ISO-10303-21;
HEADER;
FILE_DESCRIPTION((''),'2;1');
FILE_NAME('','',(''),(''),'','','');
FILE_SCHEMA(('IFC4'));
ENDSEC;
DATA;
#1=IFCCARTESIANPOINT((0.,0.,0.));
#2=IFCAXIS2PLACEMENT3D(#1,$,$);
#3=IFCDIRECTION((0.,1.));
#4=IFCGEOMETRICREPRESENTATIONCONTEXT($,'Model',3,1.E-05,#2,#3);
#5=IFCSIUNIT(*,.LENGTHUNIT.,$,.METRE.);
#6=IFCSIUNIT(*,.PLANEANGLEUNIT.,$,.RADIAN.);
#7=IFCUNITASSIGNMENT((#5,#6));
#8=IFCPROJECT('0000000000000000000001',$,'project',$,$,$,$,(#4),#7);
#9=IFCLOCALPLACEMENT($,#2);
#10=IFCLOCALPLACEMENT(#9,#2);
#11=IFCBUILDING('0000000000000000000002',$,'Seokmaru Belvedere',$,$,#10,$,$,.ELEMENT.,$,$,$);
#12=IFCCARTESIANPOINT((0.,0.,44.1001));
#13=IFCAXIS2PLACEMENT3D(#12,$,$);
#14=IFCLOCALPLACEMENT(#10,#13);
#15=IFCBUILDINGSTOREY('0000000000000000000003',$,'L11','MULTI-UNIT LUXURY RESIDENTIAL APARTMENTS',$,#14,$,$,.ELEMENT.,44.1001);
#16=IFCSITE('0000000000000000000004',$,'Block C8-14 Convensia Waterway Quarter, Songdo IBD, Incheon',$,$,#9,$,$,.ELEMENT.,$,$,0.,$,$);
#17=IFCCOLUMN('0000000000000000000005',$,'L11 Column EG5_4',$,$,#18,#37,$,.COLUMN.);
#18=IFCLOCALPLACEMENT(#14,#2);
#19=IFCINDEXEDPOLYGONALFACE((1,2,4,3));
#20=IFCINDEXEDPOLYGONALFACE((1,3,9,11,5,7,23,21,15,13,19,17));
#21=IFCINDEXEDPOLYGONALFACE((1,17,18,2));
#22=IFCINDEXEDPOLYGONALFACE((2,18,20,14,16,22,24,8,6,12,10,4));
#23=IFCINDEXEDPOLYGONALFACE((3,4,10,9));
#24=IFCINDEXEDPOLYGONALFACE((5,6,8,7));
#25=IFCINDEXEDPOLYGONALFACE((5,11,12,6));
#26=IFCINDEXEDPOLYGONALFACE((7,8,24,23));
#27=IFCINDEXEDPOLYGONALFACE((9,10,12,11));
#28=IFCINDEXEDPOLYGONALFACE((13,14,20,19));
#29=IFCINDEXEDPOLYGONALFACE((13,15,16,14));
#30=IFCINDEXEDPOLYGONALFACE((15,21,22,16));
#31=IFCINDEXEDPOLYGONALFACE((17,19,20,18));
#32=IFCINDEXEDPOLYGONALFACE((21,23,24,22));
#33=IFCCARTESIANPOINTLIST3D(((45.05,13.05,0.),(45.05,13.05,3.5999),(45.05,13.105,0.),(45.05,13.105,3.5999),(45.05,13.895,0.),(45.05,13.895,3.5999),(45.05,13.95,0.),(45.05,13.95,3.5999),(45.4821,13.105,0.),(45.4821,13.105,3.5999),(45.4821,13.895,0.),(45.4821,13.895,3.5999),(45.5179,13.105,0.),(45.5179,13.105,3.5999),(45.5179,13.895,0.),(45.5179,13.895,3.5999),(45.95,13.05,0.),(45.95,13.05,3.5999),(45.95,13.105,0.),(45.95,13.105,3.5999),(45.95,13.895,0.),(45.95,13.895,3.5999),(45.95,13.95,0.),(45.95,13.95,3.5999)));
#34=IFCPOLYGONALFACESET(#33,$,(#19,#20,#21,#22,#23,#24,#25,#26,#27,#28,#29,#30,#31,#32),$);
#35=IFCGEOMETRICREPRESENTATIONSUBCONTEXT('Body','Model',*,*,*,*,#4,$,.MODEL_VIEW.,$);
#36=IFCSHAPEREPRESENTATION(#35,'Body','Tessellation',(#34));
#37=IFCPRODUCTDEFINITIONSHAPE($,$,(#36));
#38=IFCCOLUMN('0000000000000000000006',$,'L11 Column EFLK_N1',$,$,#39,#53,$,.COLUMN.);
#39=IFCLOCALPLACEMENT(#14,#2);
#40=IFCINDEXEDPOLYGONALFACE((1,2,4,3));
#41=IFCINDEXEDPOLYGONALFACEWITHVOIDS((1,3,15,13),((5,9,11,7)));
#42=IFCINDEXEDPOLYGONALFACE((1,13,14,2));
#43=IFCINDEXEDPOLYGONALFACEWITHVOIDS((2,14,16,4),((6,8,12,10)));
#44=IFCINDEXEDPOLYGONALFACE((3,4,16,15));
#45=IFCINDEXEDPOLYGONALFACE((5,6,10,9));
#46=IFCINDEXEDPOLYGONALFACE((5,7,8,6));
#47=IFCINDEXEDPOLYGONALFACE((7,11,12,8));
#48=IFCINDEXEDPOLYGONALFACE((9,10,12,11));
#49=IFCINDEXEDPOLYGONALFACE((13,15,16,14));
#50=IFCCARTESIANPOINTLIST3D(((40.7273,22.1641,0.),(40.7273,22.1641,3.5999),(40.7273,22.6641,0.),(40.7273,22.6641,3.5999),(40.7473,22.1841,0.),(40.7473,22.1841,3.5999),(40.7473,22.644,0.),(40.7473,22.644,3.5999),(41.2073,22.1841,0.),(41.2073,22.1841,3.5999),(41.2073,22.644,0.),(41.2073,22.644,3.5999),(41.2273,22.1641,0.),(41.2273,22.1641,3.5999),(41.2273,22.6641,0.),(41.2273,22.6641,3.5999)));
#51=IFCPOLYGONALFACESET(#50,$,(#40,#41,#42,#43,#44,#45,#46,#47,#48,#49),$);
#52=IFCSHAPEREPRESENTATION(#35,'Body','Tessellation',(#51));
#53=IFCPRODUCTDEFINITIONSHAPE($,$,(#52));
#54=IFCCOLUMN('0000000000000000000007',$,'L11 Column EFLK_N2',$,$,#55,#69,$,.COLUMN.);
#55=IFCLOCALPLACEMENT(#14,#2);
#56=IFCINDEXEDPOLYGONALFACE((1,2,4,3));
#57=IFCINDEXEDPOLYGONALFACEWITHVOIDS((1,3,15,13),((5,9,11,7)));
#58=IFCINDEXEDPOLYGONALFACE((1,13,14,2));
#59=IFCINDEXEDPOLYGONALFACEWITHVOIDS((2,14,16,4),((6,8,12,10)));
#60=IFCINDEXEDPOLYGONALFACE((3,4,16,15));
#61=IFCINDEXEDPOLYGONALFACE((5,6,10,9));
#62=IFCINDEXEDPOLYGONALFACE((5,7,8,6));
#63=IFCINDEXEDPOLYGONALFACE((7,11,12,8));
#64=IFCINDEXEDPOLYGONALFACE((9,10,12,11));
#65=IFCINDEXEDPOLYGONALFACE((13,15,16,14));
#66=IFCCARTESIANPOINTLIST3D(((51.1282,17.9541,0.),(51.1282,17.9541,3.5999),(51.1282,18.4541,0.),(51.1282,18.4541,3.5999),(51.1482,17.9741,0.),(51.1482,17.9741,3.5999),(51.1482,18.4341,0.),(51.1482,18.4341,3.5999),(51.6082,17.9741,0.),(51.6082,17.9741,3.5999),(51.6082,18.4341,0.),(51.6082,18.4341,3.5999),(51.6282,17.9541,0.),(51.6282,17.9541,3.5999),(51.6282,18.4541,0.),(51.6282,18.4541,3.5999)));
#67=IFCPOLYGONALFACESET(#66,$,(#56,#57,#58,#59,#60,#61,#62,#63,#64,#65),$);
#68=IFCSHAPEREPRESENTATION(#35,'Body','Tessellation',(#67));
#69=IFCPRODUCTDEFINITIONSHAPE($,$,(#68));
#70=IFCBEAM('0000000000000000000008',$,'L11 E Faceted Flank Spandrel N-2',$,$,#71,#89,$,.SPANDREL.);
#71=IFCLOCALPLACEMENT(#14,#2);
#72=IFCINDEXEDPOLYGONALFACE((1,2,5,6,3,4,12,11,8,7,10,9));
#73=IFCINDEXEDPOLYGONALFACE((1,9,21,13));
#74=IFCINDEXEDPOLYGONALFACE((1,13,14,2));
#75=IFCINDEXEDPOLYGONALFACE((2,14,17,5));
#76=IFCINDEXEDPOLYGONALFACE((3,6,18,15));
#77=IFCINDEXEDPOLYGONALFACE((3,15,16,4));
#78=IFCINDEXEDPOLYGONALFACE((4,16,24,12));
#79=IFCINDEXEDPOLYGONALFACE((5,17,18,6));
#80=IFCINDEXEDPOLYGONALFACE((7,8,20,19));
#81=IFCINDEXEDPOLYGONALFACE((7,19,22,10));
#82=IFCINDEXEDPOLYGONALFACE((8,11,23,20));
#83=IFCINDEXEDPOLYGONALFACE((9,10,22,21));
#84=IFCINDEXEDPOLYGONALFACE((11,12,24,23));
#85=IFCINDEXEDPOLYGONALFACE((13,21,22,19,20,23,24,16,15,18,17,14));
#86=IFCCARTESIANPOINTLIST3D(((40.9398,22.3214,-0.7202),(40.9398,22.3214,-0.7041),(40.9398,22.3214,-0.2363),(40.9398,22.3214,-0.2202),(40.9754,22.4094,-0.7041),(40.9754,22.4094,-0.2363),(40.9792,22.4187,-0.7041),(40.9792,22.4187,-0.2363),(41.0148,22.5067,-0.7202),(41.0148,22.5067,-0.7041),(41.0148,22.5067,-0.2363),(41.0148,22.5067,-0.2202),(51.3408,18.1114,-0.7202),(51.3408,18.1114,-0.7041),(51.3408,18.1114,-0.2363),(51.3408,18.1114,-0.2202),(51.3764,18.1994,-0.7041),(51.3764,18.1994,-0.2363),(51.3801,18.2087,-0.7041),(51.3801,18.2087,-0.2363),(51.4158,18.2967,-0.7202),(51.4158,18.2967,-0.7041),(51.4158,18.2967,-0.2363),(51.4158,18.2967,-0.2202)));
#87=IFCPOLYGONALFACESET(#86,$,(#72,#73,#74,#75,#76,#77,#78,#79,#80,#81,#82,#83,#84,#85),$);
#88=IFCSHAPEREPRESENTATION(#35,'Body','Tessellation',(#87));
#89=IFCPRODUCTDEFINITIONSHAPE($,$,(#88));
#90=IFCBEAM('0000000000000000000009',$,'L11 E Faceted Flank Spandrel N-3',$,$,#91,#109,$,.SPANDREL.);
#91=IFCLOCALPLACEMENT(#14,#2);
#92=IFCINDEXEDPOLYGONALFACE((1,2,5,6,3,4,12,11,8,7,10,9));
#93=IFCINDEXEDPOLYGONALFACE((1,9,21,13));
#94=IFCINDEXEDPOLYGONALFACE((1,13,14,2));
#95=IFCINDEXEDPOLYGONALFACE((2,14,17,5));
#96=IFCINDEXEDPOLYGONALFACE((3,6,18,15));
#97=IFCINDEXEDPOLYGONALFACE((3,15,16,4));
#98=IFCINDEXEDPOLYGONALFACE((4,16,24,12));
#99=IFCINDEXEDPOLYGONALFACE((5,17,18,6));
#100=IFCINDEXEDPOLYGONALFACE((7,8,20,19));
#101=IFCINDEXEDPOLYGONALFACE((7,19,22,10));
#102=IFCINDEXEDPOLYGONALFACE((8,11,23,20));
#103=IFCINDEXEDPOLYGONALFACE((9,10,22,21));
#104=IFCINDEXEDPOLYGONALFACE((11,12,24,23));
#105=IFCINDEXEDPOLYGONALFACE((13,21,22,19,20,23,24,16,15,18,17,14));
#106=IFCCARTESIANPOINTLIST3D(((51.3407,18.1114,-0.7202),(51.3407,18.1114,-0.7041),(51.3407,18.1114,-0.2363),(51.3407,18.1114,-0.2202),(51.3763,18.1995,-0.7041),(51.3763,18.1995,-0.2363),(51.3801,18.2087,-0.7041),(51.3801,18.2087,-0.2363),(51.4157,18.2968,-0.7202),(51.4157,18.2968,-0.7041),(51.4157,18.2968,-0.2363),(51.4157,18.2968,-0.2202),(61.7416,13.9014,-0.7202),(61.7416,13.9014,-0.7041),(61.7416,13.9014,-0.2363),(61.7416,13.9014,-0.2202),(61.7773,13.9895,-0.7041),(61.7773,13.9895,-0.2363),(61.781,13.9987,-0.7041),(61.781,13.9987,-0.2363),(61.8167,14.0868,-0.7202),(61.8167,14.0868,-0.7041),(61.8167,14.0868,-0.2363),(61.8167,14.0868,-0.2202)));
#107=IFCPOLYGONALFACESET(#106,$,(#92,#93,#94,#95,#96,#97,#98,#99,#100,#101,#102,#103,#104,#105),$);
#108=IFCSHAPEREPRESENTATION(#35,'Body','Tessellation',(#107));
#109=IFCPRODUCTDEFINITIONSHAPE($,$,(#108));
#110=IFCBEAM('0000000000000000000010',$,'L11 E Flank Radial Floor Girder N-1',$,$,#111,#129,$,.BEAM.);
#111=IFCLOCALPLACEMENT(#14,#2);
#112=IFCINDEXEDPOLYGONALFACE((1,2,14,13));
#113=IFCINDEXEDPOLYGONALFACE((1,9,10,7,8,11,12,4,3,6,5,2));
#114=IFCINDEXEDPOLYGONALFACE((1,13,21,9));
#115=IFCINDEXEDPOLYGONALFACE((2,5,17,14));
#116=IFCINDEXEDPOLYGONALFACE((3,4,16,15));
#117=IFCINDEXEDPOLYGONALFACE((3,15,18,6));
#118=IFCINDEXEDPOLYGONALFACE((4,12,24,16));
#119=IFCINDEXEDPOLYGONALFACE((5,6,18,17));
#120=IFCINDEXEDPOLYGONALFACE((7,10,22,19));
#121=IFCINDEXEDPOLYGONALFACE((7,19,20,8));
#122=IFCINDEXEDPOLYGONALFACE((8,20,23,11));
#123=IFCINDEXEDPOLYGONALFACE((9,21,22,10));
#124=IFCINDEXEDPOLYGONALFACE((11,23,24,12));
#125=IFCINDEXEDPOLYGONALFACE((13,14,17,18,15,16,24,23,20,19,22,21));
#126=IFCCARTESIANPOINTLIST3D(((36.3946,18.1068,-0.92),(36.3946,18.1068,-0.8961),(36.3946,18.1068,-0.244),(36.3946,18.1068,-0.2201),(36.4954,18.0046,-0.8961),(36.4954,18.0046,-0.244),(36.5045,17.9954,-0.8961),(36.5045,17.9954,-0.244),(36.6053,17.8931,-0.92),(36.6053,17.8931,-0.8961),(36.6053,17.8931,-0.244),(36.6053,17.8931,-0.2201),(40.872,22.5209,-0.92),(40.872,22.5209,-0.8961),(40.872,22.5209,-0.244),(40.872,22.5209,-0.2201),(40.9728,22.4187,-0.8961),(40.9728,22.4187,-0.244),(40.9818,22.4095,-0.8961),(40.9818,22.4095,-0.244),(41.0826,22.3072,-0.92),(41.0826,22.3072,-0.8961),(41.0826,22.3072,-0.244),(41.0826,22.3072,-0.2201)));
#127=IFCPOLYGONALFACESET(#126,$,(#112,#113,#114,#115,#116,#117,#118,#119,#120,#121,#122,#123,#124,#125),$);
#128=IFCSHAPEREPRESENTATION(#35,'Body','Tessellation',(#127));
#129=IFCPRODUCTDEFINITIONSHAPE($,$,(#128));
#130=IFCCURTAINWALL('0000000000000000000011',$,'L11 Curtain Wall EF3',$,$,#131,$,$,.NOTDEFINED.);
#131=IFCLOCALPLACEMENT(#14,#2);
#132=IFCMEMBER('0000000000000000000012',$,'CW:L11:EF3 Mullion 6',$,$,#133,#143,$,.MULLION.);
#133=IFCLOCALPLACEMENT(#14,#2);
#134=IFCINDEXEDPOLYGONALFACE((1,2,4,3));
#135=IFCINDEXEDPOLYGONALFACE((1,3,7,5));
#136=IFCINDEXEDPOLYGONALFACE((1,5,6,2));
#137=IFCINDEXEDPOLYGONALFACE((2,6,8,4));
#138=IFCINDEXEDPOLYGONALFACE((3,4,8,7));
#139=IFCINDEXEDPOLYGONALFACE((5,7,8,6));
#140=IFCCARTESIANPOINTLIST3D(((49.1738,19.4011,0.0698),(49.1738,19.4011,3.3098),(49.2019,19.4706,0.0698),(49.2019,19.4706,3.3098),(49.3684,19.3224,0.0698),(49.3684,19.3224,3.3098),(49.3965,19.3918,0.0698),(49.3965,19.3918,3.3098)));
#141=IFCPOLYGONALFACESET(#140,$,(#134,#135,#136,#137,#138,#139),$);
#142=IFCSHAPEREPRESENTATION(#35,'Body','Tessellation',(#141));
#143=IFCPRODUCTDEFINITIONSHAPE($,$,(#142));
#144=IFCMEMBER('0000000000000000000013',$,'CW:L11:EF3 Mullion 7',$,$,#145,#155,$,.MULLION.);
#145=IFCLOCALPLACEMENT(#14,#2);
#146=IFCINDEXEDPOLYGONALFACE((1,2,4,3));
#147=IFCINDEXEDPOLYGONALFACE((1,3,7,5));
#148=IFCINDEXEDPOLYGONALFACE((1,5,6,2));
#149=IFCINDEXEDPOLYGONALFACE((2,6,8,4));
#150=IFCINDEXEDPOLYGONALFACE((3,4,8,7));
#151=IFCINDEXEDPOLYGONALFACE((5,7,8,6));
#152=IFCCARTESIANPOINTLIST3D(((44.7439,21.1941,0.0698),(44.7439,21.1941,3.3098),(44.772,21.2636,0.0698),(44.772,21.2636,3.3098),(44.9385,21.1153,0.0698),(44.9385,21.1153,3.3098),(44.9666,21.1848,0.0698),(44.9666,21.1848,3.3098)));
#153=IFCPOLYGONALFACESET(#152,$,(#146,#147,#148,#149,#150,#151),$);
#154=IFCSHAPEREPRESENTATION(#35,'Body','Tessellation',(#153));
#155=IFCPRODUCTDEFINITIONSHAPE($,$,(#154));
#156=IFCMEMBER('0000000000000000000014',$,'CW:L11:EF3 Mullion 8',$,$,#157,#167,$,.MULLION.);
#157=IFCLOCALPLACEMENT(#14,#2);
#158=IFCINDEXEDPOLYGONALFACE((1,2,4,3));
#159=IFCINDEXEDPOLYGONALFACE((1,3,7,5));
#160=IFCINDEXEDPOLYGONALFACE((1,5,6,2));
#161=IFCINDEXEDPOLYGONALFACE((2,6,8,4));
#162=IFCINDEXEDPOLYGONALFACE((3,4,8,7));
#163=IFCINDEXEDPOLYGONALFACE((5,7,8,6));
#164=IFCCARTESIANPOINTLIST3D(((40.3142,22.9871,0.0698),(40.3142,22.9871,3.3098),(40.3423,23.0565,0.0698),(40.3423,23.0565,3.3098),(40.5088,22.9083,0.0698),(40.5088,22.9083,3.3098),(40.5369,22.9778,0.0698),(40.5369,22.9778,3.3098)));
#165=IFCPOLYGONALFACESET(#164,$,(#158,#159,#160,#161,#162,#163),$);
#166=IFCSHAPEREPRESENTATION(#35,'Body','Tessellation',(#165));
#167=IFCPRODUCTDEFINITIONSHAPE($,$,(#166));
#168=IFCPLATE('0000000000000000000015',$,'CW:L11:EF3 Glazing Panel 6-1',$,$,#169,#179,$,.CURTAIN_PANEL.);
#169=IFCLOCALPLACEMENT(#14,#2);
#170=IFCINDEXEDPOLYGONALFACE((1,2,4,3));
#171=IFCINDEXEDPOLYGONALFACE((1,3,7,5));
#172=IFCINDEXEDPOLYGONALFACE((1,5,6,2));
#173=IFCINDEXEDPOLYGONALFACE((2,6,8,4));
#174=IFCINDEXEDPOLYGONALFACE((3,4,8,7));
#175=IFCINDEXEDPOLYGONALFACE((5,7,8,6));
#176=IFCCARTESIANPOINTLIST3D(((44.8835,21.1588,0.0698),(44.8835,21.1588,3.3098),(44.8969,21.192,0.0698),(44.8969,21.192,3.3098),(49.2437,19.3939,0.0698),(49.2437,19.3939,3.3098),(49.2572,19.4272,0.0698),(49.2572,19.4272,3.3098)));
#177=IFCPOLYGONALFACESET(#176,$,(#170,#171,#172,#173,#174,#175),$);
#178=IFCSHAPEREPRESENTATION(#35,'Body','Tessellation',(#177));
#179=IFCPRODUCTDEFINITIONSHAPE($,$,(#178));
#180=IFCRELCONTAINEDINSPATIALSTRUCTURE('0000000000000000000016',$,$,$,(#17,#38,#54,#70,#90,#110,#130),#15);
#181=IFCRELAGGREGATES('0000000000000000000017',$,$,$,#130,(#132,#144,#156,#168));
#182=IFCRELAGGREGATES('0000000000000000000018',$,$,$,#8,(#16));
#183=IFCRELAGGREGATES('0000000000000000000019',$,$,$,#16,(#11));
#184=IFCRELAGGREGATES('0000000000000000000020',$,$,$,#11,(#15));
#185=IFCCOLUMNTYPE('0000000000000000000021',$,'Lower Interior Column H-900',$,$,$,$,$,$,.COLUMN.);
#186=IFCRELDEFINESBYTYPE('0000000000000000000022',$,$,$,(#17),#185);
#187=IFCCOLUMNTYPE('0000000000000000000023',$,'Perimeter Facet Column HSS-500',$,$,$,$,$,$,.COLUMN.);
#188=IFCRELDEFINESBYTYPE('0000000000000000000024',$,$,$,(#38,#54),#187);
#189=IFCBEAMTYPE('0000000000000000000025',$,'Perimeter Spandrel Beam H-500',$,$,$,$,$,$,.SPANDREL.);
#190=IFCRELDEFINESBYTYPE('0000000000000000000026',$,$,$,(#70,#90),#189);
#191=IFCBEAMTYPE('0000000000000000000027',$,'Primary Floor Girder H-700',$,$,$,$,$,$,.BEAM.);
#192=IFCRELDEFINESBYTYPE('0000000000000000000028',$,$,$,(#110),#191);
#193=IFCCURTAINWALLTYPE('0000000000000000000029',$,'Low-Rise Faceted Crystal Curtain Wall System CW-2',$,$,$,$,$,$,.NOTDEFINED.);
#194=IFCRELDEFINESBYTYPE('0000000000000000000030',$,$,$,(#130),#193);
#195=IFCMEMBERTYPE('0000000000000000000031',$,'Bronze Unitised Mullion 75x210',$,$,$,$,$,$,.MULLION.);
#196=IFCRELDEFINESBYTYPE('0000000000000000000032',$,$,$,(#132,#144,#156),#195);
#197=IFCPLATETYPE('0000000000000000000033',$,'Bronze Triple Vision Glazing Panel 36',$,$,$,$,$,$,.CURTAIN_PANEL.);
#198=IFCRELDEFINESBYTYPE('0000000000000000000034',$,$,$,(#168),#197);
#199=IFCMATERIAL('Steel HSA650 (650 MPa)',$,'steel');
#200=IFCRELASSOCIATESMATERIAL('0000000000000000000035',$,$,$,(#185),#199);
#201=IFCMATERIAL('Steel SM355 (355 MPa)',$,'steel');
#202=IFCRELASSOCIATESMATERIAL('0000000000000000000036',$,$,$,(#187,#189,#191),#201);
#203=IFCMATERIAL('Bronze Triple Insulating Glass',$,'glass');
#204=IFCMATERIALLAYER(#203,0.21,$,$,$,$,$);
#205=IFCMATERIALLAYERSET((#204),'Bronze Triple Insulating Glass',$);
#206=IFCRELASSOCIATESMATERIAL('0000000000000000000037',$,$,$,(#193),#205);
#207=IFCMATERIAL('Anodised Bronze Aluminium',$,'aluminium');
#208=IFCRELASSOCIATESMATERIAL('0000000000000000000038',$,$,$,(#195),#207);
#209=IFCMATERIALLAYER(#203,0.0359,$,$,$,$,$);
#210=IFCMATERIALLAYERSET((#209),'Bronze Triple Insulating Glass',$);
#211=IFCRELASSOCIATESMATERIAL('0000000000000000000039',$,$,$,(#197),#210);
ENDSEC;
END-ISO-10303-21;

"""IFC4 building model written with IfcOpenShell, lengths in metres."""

from ifc_helpers import new_model, si_unit, direction, frame, origin, origin_2d, place, context, subcontext, project, spatial, rectangle, hollow_rectangle, i_section, extrude, source, transform, mapped, material, layer, layer_set, material_profile, profile_set, type_object, type_shapes, element, aggregate, save


model = new_model("IFC4")

# Units and contexts
model_context = context("Model", 3, precision=1e-05, world=origin(), true_north=direction((0.0, 1.0)))
body_context = subcontext(model_context, "Body", "Model", "MODEL_VIEW")
ifc_project = project(units=[si_unit("LENGTHUNIT", "METRE"), si_unit("PLANEANGLEUNIT", "RADIAN")], contexts=[model_context])

# Site, building, storey
site_placement = place(None, origin())
site = spatial("IfcSite", under=ifc_project, at=site_placement, Name="Block C8-14 Convensia Waterway Quarter, Songdo IBD, Incheon", CompositionType="ELEMENT", RefElevation=0.0)
building_placement = place(site_placement, origin())
building = spatial("IfcBuilding", under=site, at=building_placement, Name="Seokmaru Belvedere", CompositionType="ELEMENT")
storey_placement = place(building_placement, frame((0.0, 0.0, 44.1001)))
storey = spatial("IfcBuildingStorey", under=building, at=storey_placement, Name="L11", Description="MULTI-UNIT LUXURY RESIDENTIAL APARTMENTS", CompositionType="ELEMENT", Elevation=44.1001)

# Columns
ifc_material_1 = material(Name="Steel HSA650 (650 MPa)", Category="steel")
ifc_material_profile_1 = material_profile(ifc_material_1, i_section(OverallWidth=0.8999, OverallDepth=0.8999, WebThickness=0.0359, FlangeThickness=0.0549, at=origin_2d()), Name="H-900x900x36x55")
ifc_profile_set_1 = profile_set([ifc_material_profile_1], Name="Steel HSA650 (650 MPa)")
column_type_1 = type_object("IfcColumnType", Name="Lower Interior Column H-900", PredefinedType="COLUMN", material=ifc_profile_set_1)
shared_shape_1 = source(origin(), body_context, "Body", "SweptSolid", [
    extrude(i_section(OverallWidth=0.8999, OverallDepth=0.8999, WebThickness=0.0359, FlangeThickness=0.0549, at=origin_2d()), origin(), (0.0, 0.0, 1.0), 3.5999),
])
type_shapes(column_type_1, [shared_shape_1])
column_placement = place(storey_placement, frame((45.5, 13.5, 0.0), z_axis=(0.0, 0.0, 1.0), x_axis=(1.0, 0.0, 0.0)))
element("IfcColumn", 1, at=column_placement, inside=storey, type_object=column_type_1, Name="L11 Column EG5_4", PredefinedType="COLUMN", context=body_context, shape_type="MappedRepresentation", body=[
    mapped(shared_shape_1, transform((0.0, 0.0, 0.0), scale=1.0)),
])
ifc_material_2 = material(Name="Steel SM355 (355 MPa)", Category="steel")
ifc_material_profile_2 = material_profile(ifc_material_2, hollow_rectangle(XDim=0.5, YDim=0.5, WallThickness=0.02, at=origin_2d()), Name="HSS-500x500x20")
ifc_profile_set_2 = profile_set([ifc_material_profile_2], Name="Steel SM355 (355 MPa)")
column_type_2 = type_object("IfcColumnType", Name="Perimeter Facet Column HSS-500", PredefinedType="COLUMN", material=ifc_profile_set_2)
shared_shape_2 = source(origin(), body_context, "Body", "SweptSolid", [
    extrude(hollow_rectangle(XDim=0.5, YDim=0.5, WallThickness=0.02, at=origin_2d()), origin(), (0.0, 0.0, 1.0), 3.5999),
])
type_shapes(column_type_2, [shared_shape_2])
for number, where, z_axis, x_axis, name in (
    (2, (40.9773, 22.4141, 0.0), (0.0, 0.0, 1.0), (1.0, 0.0, 0.0), "L11 Column EFLK_N1"),
    (3, (51.3782, 18.2041, 0.0), (0.0, 0.0, 1.0), (1.0, 0.0, 0.0), "L11 Column EFLK_N2"),
):
    element("IfcColumn", number, at=place(storey_placement, frame(where, z_axis=z_axis, x_axis=x_axis)), inside=storey, type_object=column_type_2, Name=name, PredefinedType="COLUMN", context=body_context, shape_type="MappedRepresentation", body=[
        mapped(shared_shape_2, transform((0.0, 0.0, 0.0), scale=1.0)),
    ])

# Beams
ifc_material_profile_3 = material_profile(ifc_material_2, i_section(OverallWidth=0.2, OverallDepth=0.5, WebThickness=0.01, FlangeThickness=0.0161, at=origin_2d()), Name="H-500x200x10x16")
ifc_profile_set_3 = profile_set([ifc_material_profile_3], Name="Steel SM355 (355 MPa)")
beam_type_1 = type_object("IfcBeamType", Name="Perimeter Spandrel Beam H-500", PredefinedType="SPANDREL", material=ifc_profile_set_3)
shared_shape_3 = source(origin(), body_context, "Body", "SweptSolid", [
    extrude(i_section(OverallWidth=0.2, OverallDepth=0.5, WebThickness=0.01, FlangeThickness=0.0161, at=origin_2d()), origin(), (0.0, 0.0, 1.0), 11.2207),
])
type_shapes(beam_type_1, [shared_shape_3])
for number, where, z_axis, x_axis, name in (
    (4, (40.9773, 22.4141, -0.4702), (0.926944, -0.375199, 0.0), (0.375199, 0.926944, 0.0), "L11 E Faceted Flank Spandrel N-2"),
    (5, (51.3782, 18.2041, -0.4702), (0.926944, -0.375199, 0.0), (0.375199, 0.926944, 0.0), "L11 E Faceted Flank Spandrel N-3"),
):
    element("IfcBeam", number, at=place(storey_placement, frame(where, z_axis=z_axis, x_axis=x_axis)), inside=storey, type_object=beam_type_1, Name=name, PredefinedType="SPANDREL", context=body_context, shape_type="MappedRepresentation", body=[
        mapped(shared_shape_3, transform((0.0, 0.0, 0.0), scale=1.0)),
    ])
ifc_material_profile_4 = material_profile(ifc_material_2, i_section(OverallWidth=0.3, OverallDepth=0.7, WebThickness=0.0129, FlangeThickness=0.0239, at=origin_2d()), Name="H-700x300x13x24")
ifc_profile_set_4 = profile_set([ifc_material_profile_4], Name="Steel SM355 (355 MPa)")
beam_type_2 = type_object("IfcBeamType", Name="Primary Floor Girder H-700", PredefinedType="BEAM", material=ifc_profile_set_4)
shared_shape_4 = source(origin(), body_context, "Body", "SweptSolid", [
    extrude(i_section(OverallWidth=0.3, OverallDepth=0.7, WebThickness=0.0129, FlangeThickness=0.0239, at=origin_2d()), origin(), (0.0, 0.0, 1.0), 6.2874),
])
type_shapes(beam_type_2, [shared_shape_4])
beam_placement = place(storey_placement, frame((40.9773, 22.4141, -0.5701), z_axis=(-0.712117, -0.70206, 0.0), x_axis=(0.70206, -0.712117, 0.0)))
element("IfcBeam", 6, at=beam_placement, inside=storey, type_object=beam_type_2, Name="L11 E Flank Radial Floor Girder N-1", PredefinedType="BEAM", context=body_context, shape_type="MappedRepresentation", body=[
    mapped(shared_shape_4, transform((0.0, 0.0, 0.0), scale=1.0)),
])

# Curtain wall, members, plate
ifc_material_3 = material(Name="Bronze Triple Insulating Glass", Category="glass")
ifc_layer_1 = layer(ifc_material_3, 0.21)
ifc_layer_set_1 = layer_set([ifc_layer_1], Name="Bronze Triple Insulating Glass")
curtain_wall_type = type_object("IfcCurtainWallType", Name="Low-Rise Faceted Crystal Curtain Wall System CW-2", PredefinedType="NOTDEFINED", material=ifc_layer_set_1)
curtain_wall_placement = place(storey_placement, origin())
curtain_wall = element("IfcCurtainWall", 7, at=curtain_wall_placement, inside=storey, type_object=curtain_wall_type, Name="L11 Curtain Wall EF3", PredefinedType="NOTDEFINED")
ifc_material_4 = material(Name="Anodised Bronze Aluminium", Category="aluminium")
ifc_material_profile_5 = material_profile(ifc_material_4, rectangle(XDim=0.075, YDim=0.21, at=origin_2d()), Name="CW-M-75x210")
ifc_profile_set_5 = profile_set([ifc_material_profile_5], Name="Anodised Bronze Aluminium")
member_type = type_object("IfcMemberType", Name="Bronze Unitised Mullion 75x210", PredefinedType="MULLION", material=ifc_profile_set_5)
shared_shape_5 = source(origin(), body_context, "Body", "SweptSolid", [
    extrude(rectangle(XDim=0.075, YDim=0.21, at=origin_2d()), origin(), (0.0, 0.0, 1.0), 3.24),
])
type_shapes(member_type, [shared_shape_5])
member_1_placement = place(storey_placement, frame((49.2852, 19.3965, 0.0698), z_axis=(0.0, 0.0, 1.0), x_axis=(-0.375192, -0.926947, 0.0)))
member_1 = element("IfcMember", 8, at=member_1_placement, type_object=member_type, Name="CW:L11:EF3 Mullion 6", PredefinedType="MULLION", context=body_context, shape_type="MappedRepresentation", body=[
    mapped(shared_shape_5, transform((0.0, 0.0, 0.0), scale=1.0)),
])
member_2_placement = place(storey_placement, frame((44.8552, 21.1895, 0.0698), z_axis=(0.0, 0.0, 1.0), x_axis=(-0.375192, -0.926947, 0.0)))
member_2 = element("IfcMember", 9, at=member_2_placement, type_object=member_type, Name="CW:L11:EF3 Mullion 7", PredefinedType="MULLION", context=body_context, shape_type="MappedRepresentation", body=[
    mapped(shared_shape_5, transform((0.0, 0.0, 0.0), scale=1.0)),
])
member_3_placement = place(storey_placement, frame((40.4255, 22.9824, 0.0698), z_axis=(0.0, 0.0, 1.0), x_axis=(-0.375192, -0.926947, 0.0)))
member_3 = element("IfcMember", 10, at=member_3_placement, type_object=member_type, Name="CW:L11:EF3 Mullion 8", PredefinedType="MULLION", context=body_context, shape_type="MappedRepresentation", body=[
    mapped(shared_shape_5, transform((0.0, 0.0, 0.0), scale=1.0)),
])
ifc_layer_2 = layer(ifc_material_3, 0.0359)
ifc_layer_set_2 = layer_set([ifc_layer_2], Name="Bronze Triple Insulating Glass")
plate_type = type_object("IfcPlateType", Name="Bronze Triple Vision Glazing Panel 36", PredefinedType="CURTAIN_PANEL", material=ifc_layer_set_2)
shared_shape_6 = source(origin(), body_context, "Body", "SweptSolid", [
    extrude(rectangle(XDim=4.7039, YDim=0.0359, at=origin_2d()), origin(), (0.0, 0.0, 1.0), 3.24),
])
type_shapes(plate_type, [shared_shape_6])
plate_1_placement = place(storey_placement, frame((47.0703, 20.293, 0.0698), z_axis=(0.0, 0.0, 1.0), x_axis=(-0.926947, 0.375192, 0.0)))
plate_1 = element("IfcPlate", 11, at=plate_1_placement, type_object=plate_type, Name="CW:L11:EF3 Glazing Panel 6-1", PredefinedType="CURTAIN_PANEL", context=body_context, shape_type="MappedRepresentation", body=[
    mapped(shared_shape_6, transform((0.0, 0.0, 0.0), scale=1.0)),
])
aggregate(curtain_wall, [member_1, member_2, member_3, plate_1])

save(model, "model.ifc")
